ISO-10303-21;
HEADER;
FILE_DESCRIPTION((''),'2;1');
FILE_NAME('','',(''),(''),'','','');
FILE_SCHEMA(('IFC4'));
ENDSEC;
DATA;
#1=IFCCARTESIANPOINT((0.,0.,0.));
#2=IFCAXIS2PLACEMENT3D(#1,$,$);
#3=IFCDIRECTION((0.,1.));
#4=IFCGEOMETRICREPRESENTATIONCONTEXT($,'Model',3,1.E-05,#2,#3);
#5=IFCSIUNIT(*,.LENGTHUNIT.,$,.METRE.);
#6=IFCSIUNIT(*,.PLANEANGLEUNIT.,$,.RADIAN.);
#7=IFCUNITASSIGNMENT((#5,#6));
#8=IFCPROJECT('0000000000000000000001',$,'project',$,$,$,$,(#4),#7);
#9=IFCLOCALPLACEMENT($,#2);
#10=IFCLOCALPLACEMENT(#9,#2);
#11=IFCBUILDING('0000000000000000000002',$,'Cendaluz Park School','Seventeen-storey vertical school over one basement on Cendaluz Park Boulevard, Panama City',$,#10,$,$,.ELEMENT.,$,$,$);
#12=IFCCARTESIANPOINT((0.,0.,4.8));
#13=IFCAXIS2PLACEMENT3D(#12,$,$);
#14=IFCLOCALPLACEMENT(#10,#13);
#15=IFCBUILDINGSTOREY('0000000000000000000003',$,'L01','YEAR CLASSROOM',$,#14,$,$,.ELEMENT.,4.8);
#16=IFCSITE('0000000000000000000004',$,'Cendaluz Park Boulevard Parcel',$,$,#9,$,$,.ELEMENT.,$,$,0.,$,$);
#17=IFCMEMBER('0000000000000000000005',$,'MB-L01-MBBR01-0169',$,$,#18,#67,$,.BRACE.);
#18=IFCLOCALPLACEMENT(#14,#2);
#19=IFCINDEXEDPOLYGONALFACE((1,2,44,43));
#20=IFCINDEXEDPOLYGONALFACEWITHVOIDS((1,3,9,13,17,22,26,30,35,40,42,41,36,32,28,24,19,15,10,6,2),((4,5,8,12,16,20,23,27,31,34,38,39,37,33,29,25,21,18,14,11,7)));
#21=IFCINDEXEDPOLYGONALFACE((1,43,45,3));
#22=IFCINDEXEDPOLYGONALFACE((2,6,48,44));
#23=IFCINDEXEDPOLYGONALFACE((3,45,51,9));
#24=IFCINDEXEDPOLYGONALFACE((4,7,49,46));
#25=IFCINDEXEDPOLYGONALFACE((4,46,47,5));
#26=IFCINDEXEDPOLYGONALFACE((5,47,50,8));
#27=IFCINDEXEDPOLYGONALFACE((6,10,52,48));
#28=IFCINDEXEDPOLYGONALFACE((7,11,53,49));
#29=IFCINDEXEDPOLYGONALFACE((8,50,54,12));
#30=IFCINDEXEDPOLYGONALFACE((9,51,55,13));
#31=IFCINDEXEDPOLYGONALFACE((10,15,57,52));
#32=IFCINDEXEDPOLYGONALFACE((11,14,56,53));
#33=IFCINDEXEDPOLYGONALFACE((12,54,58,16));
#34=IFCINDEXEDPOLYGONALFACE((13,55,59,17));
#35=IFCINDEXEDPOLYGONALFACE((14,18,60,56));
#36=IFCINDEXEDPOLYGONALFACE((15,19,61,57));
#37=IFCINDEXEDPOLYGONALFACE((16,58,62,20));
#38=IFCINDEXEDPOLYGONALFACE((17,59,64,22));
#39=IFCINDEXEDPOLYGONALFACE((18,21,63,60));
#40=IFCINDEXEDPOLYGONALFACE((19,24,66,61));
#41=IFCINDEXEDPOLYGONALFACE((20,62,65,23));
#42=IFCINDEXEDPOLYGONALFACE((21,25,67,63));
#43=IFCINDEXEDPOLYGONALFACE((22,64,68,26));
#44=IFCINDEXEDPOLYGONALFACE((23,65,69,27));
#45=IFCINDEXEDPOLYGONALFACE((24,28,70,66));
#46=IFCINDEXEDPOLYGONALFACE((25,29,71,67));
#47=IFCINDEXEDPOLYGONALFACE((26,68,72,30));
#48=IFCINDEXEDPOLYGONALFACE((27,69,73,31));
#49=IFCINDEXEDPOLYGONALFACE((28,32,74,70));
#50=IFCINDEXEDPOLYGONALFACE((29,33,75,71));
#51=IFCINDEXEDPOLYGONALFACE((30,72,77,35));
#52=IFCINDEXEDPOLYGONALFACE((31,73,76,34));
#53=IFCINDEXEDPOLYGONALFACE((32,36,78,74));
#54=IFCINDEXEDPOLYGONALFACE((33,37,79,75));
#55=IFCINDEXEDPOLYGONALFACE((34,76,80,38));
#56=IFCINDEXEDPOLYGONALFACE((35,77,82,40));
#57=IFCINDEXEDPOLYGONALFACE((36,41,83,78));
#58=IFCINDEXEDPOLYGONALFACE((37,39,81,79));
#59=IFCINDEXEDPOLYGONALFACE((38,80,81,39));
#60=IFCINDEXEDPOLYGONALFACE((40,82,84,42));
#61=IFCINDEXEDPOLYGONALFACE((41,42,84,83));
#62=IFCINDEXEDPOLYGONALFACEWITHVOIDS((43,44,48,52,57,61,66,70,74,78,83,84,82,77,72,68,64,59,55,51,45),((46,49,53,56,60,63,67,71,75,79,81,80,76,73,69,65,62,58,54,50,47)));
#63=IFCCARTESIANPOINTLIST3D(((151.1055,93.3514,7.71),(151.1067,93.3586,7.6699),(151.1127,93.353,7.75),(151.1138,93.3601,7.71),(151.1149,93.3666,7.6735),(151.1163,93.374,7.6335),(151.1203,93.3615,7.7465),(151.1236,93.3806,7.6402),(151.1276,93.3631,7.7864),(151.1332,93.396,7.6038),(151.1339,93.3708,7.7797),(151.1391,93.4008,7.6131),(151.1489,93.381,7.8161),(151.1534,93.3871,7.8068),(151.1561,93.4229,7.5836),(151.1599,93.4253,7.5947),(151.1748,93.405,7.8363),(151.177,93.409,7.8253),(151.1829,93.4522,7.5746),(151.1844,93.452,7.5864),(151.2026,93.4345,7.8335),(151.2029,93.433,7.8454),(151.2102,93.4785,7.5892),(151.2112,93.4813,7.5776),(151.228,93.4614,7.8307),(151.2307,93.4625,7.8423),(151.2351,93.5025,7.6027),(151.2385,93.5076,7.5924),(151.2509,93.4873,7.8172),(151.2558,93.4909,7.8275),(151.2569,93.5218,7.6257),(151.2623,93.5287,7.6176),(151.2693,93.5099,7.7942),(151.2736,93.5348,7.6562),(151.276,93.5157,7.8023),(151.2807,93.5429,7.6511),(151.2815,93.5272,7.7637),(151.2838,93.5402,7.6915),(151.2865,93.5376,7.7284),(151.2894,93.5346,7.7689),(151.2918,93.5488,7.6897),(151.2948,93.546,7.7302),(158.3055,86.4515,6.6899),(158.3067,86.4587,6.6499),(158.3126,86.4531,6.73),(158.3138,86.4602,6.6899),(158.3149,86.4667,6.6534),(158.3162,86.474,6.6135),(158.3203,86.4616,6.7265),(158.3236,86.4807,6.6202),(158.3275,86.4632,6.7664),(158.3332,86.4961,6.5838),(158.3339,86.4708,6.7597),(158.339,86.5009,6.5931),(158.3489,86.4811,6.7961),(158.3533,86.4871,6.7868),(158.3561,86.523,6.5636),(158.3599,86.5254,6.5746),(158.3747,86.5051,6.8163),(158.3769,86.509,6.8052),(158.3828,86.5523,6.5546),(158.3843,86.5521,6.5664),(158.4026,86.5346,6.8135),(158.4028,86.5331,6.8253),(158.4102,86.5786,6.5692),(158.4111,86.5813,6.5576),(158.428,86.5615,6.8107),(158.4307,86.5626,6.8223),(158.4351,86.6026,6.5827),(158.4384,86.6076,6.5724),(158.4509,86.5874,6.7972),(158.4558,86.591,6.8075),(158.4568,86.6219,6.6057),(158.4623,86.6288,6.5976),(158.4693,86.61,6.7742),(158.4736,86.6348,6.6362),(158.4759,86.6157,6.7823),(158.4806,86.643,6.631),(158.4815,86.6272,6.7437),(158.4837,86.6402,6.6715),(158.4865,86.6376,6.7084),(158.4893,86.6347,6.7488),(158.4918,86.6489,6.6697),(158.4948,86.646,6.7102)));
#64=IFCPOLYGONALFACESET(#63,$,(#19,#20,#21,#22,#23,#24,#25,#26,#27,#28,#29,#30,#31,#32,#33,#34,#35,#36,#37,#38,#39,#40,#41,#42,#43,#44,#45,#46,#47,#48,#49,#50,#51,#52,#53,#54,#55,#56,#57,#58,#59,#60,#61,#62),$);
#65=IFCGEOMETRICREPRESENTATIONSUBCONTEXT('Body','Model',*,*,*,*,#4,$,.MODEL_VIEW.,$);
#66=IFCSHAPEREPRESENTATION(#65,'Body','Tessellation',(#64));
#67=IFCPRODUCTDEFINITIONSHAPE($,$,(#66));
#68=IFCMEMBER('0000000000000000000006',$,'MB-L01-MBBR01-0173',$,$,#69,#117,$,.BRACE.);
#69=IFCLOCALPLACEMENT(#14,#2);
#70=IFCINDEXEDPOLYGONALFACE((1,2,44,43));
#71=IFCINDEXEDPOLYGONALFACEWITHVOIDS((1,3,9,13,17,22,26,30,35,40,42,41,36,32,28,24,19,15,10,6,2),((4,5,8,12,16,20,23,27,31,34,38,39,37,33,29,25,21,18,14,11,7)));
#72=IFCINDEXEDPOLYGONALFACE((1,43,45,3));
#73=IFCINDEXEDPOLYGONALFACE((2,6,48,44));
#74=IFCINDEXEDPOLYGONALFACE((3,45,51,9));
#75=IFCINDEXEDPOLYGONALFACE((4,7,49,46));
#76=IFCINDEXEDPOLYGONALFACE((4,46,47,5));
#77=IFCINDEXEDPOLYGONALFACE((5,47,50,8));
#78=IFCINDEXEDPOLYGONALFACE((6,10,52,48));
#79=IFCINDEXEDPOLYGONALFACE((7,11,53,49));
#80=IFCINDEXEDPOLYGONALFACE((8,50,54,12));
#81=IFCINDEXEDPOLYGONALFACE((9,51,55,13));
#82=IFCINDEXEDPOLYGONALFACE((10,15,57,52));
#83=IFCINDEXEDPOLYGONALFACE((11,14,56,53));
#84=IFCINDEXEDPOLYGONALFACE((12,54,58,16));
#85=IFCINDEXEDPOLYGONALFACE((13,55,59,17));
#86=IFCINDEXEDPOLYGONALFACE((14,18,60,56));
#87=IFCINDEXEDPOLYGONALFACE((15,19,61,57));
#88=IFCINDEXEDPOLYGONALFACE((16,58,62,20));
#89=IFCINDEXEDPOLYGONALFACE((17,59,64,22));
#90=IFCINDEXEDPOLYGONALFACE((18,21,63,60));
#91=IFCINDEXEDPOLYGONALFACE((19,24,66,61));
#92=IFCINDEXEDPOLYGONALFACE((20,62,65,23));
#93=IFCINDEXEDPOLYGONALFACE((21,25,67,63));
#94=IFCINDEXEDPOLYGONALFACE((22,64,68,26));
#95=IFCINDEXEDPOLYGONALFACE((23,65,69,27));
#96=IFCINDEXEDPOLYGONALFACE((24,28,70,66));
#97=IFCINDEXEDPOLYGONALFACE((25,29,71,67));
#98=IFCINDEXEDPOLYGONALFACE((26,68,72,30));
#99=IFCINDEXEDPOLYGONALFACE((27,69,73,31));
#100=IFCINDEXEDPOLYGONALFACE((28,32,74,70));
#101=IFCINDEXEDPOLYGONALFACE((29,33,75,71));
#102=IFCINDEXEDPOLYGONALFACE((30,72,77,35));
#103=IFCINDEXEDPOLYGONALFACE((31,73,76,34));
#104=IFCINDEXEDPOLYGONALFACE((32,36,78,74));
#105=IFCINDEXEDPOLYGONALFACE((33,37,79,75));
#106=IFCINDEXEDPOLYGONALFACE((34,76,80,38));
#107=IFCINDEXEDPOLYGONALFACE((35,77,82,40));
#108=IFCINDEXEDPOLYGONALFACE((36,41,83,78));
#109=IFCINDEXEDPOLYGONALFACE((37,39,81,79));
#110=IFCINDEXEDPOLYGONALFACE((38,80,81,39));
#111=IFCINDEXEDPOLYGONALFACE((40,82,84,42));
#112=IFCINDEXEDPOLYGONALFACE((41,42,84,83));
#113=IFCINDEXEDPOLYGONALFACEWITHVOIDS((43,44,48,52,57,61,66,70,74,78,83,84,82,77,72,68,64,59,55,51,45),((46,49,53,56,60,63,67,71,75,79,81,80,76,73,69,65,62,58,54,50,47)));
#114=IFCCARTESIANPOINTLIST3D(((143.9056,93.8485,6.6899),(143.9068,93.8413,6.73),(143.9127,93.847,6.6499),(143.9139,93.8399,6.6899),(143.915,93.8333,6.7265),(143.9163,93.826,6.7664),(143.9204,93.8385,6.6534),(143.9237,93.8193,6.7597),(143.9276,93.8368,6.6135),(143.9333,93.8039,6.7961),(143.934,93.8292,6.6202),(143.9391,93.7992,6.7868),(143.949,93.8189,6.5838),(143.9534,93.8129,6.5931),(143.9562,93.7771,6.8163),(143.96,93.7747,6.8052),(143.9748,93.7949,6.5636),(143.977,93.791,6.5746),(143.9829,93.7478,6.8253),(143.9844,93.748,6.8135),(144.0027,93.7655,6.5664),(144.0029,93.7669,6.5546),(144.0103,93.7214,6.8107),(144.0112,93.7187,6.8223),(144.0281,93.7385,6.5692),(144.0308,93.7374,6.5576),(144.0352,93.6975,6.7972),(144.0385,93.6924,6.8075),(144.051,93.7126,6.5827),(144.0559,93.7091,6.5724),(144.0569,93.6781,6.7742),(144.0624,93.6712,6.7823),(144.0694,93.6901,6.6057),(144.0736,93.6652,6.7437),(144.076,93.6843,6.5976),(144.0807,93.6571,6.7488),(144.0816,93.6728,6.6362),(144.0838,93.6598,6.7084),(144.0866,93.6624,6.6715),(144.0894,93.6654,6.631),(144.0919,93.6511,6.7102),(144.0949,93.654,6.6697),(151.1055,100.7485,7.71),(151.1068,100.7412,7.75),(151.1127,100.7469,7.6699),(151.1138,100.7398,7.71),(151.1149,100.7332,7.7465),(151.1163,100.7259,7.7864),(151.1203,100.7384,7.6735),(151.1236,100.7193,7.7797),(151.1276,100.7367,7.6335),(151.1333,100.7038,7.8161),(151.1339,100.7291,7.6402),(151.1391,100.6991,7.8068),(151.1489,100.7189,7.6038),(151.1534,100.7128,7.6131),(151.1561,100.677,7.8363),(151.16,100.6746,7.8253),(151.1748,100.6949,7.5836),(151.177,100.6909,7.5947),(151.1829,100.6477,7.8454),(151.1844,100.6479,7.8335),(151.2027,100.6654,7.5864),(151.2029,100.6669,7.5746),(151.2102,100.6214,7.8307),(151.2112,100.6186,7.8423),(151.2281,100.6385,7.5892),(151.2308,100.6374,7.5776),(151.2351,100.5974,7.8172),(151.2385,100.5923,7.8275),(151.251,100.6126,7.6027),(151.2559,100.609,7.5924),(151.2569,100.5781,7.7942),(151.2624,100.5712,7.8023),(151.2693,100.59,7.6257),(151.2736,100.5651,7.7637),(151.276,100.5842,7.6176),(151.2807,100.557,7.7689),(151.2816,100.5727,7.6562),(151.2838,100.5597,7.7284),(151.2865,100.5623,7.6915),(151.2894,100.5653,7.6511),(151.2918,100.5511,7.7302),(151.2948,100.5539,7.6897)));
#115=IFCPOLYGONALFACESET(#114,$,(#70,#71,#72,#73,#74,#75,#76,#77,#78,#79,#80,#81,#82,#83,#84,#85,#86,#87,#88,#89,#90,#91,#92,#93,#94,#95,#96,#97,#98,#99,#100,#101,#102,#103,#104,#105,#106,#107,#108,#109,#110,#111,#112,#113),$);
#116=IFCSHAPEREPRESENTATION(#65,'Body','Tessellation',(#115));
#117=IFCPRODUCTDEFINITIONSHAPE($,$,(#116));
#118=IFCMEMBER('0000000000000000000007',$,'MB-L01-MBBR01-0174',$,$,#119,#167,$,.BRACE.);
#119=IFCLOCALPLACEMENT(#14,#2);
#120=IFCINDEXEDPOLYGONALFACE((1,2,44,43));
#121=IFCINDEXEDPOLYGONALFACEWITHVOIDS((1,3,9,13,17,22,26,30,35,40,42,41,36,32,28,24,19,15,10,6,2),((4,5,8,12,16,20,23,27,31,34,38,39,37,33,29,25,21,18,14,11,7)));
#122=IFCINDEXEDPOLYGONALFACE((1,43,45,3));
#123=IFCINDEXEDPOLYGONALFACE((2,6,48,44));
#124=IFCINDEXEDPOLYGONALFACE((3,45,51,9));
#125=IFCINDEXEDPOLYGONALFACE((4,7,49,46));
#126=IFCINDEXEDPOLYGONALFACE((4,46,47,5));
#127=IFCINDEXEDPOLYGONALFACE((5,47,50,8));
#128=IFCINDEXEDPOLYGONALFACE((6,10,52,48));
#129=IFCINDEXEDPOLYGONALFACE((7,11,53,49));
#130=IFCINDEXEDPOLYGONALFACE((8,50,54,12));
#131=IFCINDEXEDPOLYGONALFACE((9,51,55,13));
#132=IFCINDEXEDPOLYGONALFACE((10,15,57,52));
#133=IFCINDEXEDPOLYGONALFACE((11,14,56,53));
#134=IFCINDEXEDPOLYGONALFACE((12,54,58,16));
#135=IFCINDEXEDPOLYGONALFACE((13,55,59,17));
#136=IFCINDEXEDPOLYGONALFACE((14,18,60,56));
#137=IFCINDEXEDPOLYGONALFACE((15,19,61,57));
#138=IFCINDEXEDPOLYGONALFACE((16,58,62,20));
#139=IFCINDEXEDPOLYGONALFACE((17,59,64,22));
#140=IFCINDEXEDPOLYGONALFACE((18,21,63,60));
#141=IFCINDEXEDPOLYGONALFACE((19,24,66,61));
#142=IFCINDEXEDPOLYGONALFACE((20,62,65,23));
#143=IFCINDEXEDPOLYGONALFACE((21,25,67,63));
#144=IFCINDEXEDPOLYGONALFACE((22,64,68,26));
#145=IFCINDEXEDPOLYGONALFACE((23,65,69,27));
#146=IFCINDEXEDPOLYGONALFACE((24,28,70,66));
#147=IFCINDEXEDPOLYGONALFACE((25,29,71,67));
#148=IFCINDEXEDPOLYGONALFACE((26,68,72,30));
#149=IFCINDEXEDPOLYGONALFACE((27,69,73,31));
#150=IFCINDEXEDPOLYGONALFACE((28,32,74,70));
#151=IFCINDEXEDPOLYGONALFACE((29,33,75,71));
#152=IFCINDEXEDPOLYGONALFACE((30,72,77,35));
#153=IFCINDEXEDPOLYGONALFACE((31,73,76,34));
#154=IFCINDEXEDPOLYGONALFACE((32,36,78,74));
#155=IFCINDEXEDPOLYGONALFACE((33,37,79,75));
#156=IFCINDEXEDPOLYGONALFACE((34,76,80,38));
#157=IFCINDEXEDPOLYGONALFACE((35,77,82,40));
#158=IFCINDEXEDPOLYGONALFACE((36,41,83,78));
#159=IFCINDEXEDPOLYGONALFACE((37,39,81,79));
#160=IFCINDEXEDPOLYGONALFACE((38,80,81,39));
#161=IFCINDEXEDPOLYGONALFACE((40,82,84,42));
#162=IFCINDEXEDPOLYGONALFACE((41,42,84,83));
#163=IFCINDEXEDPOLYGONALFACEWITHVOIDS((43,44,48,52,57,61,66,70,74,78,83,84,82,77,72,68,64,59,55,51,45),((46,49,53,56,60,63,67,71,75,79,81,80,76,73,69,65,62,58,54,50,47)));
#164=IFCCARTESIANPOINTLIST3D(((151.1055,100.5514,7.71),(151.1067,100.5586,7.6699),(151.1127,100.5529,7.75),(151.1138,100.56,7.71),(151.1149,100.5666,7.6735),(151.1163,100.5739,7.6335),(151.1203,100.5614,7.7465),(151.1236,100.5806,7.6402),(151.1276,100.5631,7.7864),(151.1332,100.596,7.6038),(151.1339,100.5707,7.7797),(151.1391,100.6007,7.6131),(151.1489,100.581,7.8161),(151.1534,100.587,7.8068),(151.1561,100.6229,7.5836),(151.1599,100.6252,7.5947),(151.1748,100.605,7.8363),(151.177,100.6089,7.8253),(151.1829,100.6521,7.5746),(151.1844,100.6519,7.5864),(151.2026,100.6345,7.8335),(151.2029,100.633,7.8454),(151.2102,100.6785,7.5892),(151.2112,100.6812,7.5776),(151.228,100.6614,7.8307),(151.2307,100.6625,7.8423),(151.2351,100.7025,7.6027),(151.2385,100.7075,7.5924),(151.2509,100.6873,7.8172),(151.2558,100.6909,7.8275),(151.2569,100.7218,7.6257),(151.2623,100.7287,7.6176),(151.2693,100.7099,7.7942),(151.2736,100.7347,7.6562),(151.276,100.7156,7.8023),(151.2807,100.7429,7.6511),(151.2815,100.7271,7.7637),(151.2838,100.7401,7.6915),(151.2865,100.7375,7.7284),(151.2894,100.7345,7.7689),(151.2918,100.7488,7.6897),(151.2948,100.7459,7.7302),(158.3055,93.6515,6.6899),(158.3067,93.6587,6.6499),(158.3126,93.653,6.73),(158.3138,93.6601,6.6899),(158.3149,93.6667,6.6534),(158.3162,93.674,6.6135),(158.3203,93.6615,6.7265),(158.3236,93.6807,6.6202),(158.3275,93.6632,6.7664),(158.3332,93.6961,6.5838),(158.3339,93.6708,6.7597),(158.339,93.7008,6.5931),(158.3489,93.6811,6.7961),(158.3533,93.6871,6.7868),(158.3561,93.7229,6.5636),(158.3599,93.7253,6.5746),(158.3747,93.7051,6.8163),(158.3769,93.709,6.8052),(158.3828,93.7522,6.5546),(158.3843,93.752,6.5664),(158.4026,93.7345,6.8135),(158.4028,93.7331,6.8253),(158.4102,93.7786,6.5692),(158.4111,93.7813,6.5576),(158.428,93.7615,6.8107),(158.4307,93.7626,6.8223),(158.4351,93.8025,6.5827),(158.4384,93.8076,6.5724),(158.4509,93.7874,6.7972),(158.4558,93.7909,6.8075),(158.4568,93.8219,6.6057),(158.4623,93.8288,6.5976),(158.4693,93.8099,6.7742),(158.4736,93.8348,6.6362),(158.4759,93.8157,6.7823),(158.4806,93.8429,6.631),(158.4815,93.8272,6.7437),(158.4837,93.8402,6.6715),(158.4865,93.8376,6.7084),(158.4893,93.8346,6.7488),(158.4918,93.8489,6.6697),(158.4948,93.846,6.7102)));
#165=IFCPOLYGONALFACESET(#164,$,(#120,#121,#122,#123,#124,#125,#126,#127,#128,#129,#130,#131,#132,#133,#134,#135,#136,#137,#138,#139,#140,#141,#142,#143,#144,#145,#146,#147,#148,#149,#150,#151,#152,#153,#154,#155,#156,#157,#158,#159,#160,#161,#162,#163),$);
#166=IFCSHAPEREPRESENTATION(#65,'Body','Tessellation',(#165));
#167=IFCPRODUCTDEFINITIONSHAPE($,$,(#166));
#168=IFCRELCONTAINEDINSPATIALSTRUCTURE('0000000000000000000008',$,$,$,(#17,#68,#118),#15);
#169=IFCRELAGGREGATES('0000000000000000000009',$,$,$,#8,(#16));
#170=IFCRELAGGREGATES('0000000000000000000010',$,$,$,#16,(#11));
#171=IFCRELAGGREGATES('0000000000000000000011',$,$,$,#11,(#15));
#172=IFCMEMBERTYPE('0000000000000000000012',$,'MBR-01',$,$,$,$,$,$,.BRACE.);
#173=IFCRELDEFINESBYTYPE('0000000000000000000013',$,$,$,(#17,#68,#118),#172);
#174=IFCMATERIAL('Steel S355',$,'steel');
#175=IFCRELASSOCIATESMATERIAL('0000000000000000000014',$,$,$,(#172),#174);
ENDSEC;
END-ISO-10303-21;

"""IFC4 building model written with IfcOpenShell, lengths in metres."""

from ifc_helpers import new_model, si_unit, direction, frame, origin, origin_2d, place, context, subcontext, project, spatial, hollow_circle, extrude, material, material_profile, profile_set, type_object, element, save


model = new_model("IFC4")

# Units and contexts
model_context = context("Model", 3, precision=1e-05, world=origin(), true_north=direction((0.0, 1.0)))
body_context = subcontext(model_context, "Body", "Model", "MODEL_VIEW")
ifc_project = project(units=[si_unit("LENGTHUNIT", "METRE"), si_unit("PLANEANGLEUNIT", "RADIAN")], contexts=[model_context])

# Site, building, storey
site_placement = place(None, origin())
site = spatial("IfcSite", under=ifc_project, at=site_placement, Name="Cendaluz Park Boulevard Parcel", CompositionType="ELEMENT", RefElevation=0.0)
building_placement = place(site_placement, origin())
building = spatial("IfcBuilding", under=site, at=building_placement, Name="Cendaluz Park School", Description="Seventeen-storey vertical school over one basement on Cendaluz Park Boulevard, Panama City", CompositionType="ELEMENT")
storey_placement = place(building_placement, frame((0.0, 0.0, 4.8)))
storey = spatial("IfcBuildingStorey", under=building, at=storey_placement, Name="L01", Description="YEAR CLASSROOM", CompositionType="ELEMENT", Elevation=4.8)

# Members
ifc_material_1 = material(Name="Steel S355", Category="steel")
ifc_material_profile_1 = material_profile(ifc_material_1, hollow_circle(Radius=0.1365, WallThickness=0.012, at=origin_2d()), Name="CHS 273x12", Category="steel")
ifc_profile_set_1 = profile_set([ifc_material_profile_1], Name="Steel S355")
member_type_1 = type_object("IfcMemberType", Name="MBR-01", PredefinedType="BRACE", material=ifc_profile_set_1)
for number, where, z_axis, x_axis, name in (
    (1, (158.3999, 86.55, 6.6899), (-0.718243, 0.688311, 0.101754), (-0.691903, -0.721991, 0.0), "MB-L01-MBBR01-0169"),
    (2, (144.0, 93.75, 6.6899), (0.718243, 0.688311, 0.101754), (-0.691903, 0.721991, 0.0), "MB-L01-MBBR01-0173"),
    (3, (158.3999, 93.75, 6.6899), (-0.718243, 0.688311, 0.101754), (-0.691903, -0.721991, 0.0), "MB-L01-MBBR01-0174"),
):
    element("IfcMember", number, at=place(storey_placement, frame(where, z_axis=z_axis, x_axis=x_axis)), inside=storey, type_object=member_type_1, Name=name, PredefinedType="BRACE", context=body_context, shape_type="SweptSolid", body=[
        extrude(hollow_circle(Radius=0.1365, WallThickness=0.012, at=origin_2d()), origin(), (0.0, 0.0, 1.0), 10.0244),
    ])

save(model, "model.ifc")
